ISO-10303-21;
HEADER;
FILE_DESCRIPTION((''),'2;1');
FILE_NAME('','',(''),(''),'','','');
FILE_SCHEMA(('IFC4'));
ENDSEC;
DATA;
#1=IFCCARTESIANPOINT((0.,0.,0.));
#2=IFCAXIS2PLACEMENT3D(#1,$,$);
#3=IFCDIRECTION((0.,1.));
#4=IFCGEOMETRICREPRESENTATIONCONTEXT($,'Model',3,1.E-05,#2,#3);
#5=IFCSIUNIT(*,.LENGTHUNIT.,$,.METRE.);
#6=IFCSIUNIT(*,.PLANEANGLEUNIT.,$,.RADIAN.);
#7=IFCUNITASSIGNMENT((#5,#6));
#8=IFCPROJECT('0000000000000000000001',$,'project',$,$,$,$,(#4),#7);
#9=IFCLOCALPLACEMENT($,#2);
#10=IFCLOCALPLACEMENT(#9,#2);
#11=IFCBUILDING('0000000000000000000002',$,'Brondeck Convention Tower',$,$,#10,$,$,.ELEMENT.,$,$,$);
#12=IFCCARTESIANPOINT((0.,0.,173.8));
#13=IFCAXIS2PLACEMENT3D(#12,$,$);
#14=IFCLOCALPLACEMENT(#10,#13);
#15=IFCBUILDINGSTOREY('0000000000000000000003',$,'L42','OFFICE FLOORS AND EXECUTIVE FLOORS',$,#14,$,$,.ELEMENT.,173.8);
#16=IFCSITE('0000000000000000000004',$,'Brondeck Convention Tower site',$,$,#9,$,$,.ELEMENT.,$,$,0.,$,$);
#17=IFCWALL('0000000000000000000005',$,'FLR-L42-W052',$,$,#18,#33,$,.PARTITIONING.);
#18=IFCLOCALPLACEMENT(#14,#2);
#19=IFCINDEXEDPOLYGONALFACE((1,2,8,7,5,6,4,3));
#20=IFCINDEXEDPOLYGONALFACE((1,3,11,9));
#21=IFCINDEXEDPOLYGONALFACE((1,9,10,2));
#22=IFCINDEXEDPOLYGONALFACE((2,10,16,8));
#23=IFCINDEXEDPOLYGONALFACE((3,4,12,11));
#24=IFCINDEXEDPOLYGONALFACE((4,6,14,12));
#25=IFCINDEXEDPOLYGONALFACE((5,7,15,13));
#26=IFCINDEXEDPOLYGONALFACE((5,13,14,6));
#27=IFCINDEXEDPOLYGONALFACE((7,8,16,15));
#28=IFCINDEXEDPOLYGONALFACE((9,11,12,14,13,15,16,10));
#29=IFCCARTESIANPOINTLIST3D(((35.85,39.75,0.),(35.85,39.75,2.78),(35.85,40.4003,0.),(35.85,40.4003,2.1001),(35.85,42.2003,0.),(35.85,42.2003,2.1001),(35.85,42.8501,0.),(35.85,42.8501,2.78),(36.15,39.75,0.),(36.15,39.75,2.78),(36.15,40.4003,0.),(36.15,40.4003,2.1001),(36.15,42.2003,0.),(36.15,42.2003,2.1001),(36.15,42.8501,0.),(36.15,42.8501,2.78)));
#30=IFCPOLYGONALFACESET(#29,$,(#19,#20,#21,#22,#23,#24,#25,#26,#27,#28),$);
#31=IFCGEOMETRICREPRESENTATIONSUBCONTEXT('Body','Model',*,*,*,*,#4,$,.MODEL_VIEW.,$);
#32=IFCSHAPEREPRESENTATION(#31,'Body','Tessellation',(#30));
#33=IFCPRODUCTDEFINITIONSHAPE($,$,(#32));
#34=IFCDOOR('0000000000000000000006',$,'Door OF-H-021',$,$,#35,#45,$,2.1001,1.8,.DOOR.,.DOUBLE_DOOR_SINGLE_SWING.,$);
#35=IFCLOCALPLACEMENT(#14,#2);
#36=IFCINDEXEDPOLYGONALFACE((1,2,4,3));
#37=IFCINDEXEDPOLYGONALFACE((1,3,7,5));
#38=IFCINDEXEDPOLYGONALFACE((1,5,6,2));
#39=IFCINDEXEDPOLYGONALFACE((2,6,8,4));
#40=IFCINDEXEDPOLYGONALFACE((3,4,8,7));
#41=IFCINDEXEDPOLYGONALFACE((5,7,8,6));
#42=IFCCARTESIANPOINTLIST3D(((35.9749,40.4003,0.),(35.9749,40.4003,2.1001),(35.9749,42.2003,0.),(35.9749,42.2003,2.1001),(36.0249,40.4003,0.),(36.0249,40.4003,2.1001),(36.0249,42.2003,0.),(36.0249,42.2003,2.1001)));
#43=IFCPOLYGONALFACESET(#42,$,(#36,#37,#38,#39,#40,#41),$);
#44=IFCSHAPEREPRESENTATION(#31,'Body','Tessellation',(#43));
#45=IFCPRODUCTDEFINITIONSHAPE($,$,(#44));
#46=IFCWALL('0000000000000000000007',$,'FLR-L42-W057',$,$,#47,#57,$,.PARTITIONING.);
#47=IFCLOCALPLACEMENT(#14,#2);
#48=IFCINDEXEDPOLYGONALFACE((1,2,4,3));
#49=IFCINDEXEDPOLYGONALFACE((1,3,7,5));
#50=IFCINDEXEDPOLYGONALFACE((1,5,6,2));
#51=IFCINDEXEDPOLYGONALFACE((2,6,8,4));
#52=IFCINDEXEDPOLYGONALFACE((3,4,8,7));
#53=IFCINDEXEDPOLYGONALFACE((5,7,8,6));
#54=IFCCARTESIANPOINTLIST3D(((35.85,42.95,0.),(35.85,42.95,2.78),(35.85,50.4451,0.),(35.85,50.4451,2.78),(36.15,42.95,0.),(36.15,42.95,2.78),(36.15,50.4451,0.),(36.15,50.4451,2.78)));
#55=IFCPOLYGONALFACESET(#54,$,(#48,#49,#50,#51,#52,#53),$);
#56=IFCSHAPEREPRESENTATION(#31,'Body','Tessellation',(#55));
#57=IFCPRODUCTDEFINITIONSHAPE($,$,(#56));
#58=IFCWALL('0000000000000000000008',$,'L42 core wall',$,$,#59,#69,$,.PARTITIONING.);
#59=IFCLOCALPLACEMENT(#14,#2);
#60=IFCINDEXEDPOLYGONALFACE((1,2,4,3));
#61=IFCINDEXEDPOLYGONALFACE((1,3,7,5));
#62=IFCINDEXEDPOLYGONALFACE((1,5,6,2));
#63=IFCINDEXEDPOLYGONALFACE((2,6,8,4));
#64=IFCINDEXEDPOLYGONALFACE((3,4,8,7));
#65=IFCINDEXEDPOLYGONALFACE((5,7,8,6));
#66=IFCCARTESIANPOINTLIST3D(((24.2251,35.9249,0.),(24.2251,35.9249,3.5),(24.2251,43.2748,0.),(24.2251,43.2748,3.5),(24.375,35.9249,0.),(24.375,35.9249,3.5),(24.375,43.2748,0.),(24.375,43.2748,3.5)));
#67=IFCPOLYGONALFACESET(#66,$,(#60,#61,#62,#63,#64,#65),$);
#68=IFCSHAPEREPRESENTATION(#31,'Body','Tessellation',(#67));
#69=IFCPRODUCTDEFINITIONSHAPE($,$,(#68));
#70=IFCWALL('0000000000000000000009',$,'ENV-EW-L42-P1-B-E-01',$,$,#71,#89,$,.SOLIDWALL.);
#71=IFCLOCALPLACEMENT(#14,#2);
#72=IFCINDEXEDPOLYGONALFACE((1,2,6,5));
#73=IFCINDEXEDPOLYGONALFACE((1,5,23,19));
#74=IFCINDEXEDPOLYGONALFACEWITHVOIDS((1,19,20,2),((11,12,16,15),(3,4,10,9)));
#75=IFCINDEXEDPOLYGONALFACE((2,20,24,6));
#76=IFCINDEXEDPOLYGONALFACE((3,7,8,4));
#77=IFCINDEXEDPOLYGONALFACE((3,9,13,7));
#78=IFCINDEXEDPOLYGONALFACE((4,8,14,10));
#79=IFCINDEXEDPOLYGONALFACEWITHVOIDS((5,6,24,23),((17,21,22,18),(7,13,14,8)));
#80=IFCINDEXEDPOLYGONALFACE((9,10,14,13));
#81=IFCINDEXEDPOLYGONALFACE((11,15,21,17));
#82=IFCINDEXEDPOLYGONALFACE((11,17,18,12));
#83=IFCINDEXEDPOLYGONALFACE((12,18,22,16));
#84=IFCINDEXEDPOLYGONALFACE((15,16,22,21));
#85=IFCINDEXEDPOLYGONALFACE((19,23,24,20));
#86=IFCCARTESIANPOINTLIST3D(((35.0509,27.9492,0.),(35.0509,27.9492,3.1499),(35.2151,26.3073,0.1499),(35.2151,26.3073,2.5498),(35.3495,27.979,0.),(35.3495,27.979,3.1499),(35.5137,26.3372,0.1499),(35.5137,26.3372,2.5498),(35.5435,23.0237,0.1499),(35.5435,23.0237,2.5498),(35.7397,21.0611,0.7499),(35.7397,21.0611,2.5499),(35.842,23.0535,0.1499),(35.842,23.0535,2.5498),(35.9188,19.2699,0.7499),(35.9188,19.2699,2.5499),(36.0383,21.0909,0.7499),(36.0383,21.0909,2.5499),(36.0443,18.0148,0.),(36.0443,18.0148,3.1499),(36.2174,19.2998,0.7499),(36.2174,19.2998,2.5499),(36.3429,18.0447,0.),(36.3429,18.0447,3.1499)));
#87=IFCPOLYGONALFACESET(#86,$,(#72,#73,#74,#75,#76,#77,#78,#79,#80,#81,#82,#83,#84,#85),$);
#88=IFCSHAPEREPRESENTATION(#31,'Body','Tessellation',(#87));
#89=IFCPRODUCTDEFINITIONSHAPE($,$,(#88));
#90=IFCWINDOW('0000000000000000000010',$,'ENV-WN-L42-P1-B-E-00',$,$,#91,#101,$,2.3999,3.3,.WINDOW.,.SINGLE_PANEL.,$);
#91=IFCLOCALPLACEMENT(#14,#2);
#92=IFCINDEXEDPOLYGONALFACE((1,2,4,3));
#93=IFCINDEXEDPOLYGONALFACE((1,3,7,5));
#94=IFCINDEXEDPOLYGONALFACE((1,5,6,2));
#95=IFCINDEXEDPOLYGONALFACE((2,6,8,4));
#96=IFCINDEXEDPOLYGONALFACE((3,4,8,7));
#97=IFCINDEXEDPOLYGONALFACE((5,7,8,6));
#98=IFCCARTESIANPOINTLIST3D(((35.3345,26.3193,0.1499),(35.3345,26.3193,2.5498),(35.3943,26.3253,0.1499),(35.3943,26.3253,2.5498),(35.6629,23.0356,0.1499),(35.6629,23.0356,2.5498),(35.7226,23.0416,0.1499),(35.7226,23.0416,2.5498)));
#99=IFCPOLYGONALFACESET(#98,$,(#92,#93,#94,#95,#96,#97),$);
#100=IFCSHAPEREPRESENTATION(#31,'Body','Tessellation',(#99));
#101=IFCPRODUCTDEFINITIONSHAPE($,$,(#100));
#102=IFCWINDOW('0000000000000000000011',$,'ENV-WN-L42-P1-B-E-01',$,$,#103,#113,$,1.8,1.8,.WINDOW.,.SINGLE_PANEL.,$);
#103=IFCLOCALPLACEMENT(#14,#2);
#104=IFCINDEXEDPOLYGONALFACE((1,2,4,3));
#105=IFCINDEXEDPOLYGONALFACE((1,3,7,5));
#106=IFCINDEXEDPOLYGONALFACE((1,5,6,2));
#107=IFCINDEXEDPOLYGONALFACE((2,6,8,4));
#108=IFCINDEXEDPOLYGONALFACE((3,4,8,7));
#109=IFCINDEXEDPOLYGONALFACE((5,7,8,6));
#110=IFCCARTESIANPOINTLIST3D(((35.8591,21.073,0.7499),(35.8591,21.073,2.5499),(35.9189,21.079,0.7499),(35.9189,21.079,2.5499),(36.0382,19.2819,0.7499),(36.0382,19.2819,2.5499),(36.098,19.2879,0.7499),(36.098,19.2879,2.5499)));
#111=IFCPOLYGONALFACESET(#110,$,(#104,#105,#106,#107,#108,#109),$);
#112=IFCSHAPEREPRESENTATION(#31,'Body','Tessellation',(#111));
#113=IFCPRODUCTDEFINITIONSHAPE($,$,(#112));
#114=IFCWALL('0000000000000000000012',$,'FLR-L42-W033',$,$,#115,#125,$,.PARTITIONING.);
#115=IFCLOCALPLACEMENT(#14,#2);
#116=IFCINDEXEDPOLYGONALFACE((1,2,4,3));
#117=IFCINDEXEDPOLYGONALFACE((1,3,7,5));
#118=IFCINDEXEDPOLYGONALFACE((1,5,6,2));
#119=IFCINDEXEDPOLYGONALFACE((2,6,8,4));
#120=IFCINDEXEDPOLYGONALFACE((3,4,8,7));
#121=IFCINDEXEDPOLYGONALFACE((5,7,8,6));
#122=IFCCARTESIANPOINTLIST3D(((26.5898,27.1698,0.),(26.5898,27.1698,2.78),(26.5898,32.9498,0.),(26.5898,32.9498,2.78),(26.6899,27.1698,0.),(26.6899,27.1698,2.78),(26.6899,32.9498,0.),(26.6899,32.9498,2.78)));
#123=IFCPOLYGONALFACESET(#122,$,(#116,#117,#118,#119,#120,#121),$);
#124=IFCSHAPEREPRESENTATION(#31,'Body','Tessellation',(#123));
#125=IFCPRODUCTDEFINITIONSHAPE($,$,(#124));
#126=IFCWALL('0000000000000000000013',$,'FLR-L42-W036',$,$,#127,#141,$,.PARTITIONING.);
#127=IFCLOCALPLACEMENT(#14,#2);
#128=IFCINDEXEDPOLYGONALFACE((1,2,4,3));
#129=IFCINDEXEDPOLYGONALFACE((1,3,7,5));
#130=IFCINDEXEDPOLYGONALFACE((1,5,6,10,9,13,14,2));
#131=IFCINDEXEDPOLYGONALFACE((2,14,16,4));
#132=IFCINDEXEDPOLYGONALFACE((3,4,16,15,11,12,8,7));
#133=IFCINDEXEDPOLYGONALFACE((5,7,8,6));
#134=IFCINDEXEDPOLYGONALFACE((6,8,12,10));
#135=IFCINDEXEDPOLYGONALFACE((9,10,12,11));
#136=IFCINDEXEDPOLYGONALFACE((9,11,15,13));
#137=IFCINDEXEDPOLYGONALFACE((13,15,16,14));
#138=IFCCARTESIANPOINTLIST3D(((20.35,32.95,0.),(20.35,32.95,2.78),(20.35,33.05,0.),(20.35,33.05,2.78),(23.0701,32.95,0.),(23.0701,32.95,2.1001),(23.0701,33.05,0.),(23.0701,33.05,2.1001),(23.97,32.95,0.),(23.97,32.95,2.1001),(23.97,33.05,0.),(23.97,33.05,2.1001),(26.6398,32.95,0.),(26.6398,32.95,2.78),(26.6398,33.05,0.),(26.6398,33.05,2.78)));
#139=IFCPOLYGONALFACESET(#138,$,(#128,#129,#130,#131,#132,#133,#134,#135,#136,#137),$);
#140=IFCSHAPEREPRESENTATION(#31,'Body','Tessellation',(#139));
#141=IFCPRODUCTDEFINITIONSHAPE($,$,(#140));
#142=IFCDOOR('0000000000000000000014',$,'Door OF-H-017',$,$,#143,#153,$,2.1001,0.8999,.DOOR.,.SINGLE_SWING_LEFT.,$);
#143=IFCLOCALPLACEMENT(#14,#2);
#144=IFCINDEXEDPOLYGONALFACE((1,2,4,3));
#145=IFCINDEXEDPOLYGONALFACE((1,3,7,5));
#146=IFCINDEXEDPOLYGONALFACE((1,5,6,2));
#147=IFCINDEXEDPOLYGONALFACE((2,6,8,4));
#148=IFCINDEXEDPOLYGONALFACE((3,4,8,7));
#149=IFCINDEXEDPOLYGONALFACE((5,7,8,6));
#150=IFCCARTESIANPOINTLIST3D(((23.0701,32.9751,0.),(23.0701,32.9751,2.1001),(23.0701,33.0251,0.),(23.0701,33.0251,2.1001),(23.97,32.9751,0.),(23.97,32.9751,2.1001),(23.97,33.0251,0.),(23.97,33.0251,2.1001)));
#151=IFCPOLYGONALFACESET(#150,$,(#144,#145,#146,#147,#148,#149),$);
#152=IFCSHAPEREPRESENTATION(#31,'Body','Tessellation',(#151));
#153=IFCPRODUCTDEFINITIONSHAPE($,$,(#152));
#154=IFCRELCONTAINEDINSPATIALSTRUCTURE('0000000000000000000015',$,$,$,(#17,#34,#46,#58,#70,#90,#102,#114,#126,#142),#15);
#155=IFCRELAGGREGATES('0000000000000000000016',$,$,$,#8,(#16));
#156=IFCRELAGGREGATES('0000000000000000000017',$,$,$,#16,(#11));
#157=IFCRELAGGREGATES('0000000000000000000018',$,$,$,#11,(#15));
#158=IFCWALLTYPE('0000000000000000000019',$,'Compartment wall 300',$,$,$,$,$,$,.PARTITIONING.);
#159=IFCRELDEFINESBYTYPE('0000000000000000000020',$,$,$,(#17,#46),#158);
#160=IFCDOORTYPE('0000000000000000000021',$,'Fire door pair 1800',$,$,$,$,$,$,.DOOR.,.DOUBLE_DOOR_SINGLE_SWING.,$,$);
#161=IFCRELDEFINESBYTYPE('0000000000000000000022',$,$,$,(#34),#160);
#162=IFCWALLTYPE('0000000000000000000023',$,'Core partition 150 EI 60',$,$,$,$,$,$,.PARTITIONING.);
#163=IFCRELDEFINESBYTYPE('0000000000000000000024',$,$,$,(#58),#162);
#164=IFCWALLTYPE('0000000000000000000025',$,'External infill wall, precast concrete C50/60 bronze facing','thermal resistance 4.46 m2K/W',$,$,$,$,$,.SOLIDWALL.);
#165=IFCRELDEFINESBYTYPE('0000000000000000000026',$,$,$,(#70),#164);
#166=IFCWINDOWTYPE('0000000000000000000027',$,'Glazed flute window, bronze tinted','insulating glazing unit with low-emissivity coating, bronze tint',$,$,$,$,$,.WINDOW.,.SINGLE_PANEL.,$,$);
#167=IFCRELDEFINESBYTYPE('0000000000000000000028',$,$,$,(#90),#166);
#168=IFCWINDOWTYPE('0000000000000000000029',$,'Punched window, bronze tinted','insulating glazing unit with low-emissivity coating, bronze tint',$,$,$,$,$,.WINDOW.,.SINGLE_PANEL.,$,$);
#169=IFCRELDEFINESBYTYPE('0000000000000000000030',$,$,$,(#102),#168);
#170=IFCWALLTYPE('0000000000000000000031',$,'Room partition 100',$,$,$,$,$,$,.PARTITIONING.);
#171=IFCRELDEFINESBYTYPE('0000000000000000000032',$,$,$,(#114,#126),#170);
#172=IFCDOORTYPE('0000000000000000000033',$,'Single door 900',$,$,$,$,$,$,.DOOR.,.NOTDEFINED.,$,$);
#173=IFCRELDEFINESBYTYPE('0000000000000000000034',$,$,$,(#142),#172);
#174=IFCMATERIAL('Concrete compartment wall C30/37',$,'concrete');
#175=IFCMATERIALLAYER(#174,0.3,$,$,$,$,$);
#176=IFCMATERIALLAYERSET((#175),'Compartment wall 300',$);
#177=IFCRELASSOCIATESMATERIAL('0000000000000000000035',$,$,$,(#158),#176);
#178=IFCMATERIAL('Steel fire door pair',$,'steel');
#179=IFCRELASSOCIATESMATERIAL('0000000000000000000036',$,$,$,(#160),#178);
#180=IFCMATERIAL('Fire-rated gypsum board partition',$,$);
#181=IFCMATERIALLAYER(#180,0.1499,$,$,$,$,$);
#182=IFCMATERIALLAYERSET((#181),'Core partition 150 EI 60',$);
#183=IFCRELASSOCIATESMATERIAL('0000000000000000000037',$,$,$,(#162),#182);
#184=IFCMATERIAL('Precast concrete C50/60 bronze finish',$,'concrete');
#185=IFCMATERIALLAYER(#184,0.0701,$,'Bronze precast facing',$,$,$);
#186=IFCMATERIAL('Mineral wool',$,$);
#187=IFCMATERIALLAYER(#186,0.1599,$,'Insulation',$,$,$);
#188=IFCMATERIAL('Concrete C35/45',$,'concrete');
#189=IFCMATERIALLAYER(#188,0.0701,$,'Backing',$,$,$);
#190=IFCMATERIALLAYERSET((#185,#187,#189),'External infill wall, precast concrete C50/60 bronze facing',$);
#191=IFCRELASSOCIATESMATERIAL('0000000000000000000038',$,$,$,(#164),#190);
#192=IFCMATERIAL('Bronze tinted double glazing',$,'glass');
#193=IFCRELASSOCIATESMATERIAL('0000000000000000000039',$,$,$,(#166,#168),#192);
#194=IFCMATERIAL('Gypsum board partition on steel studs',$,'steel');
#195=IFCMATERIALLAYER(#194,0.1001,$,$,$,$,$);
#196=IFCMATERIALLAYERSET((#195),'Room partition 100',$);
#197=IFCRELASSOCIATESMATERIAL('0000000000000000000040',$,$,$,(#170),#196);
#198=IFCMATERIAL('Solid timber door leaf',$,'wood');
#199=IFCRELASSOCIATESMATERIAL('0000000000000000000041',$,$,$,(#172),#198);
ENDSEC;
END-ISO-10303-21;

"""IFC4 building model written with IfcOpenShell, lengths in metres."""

from ifc_helpers import new_model, si_unit, direction, frame, frame_2d, origin, place, context, subcontext, project, spatial, rectangle, extrude, material, layer, layer_set, type_object, element, fill, save


model = new_model("IFC4")

# Units and contexts
model_context = context("Model", 3, precision=1e-05, world=origin(), true_north=direction((0.0, 1.0)))
body_context = subcontext(model_context, "Body", "Model", "MODEL_VIEW")
ifc_project = project(units=[si_unit("LENGTHUNIT", "METRE"), si_unit("PLANEANGLEUNIT", "RADIAN")], contexts=[model_context])

# Site, building, storey
site_placement = place(None, origin())
site = spatial("IfcSite", under=ifc_project, at=site_placement, Name="Brondeck Convention Tower site", CompositionType="ELEMENT", RefElevation=0.0)
building_placement = place(site_placement, origin())
building = spatial("IfcBuilding", under=site, at=building_placement, Name="Brondeck Convention Tower", CompositionType="ELEMENT")
storey_placement = place(building_placement, frame((0.0, 0.0, 173.8)))
storey = spatial("IfcBuildingStorey", under=building, at=storey_placement, Name="L42", Description="OFFICE FLOORS AND EXECUTIVE FLOORS", CompositionType="ELEMENT", Elevation=173.8)

# Shared definitions
ifc_material_1 = material(Name="Concrete compartment wall C30/37", Category="concrete")
ifc_layer_1 = layer(ifc_material_1, 0.3)
ifc_layer_set_1 = layer_set([ifc_layer_1], Name="Compartment wall 300")
wall_type_1 = type_object("IfcWallType", Name="Compartment wall 300", PredefinedType="PARTITIONING", material=ifc_layer_set_1)

# Wall, opening, door
wall_1_placement = place(storey_placement, frame((36.0, 42.8501, 0.0), z_axis=(0.0, 0.0, 1.0), x_axis=(0.0, -1.0, 0.0)))
wall_1 = element("IfcWall", 1, at=wall_1_placement, inside=storey, type_object=wall_type_1, Name="FLR-L42-W052", PredefinedType="PARTITIONING", context=body_context, shape_type="SweptSolid", body=[
    extrude(rectangle(XDim=3.1001, YDim=0.3, at=frame_2d((1.55, 0.0))), origin(), (0.0, 0.0, 1.0), 2.78),
])
opening_1_placement = place(wall_1_placement, frame((0.6499, 0.0, 0.0)))
opening_1 = element("IfcOpeningElement", 2, at=opening_1_placement, cuts=wall_1, PredefinedType="OPENING", context=body_context, shape_type="SweptSolid", body=[
    extrude(rectangle(XDim=1.8, YDim=2.1001, at=frame_2d((0.8999, 1.05))), frame((0.0, 0.1599, 0.0), z_axis=(0.0, -1.0, 0.0), x_axis=(1.0, 0.0, 0.0)), (0.0, 0.0, 1.0), 0.3201),
])
ifc_material_2 = material(Name="Steel fire door pair", Category="steel")
door_type_1 = type_object("IfcDoorType", Name="Fire door pair 1800", OperationType="DOUBLE_DOOR_SINGLE_SWING", PredefinedType="DOOR", material=ifc_material_2)
door_1_placement = place(opening_1_placement, origin())
door_1 = element("IfcDoor", 3, at=door_1_placement, inside=storey, type_object=door_type_1, Name="Door OF-H-021", OperationType="DOUBLE_DOOR_SINGLE_SWING", OverallHeight=2.1001, OverallWidth=1.8, PredefinedType="DOOR", context=body_context, shape_type="SweptSolid", body=[
    extrude(rectangle(XDim=1.8, YDim=2.1001, at=frame_2d((0.8999, 1.05))), frame((0.0, 0.0249, 0.0), z_axis=(0.0, -1.0, 0.0), x_axis=(1.0, 0.0, 0.0)), (0.0, 0.0, 1.0), 0.05),
])
fill(opening_1, door_1)

# Walls
wall_2_placement = place(storey_placement, frame((36.0, 42.95, 0.0), z_axis=(0.0, 0.0, 1.0), x_axis=(0.0, 1.0, 0.0)))
element("IfcWall", 4, at=wall_2_placement, inside=storey, type_object=wall_type_1, Name="FLR-L42-W057", PredefinedType="PARTITIONING", context=body_context, shape_type="SweptSolid", body=[
    extrude(rectangle(XDim=7.4951, YDim=0.3, at=frame_2d((3.7476, 0.0))), origin(), (0.0, 0.0, 1.0), 2.78),
])
ifc_material_3 = material(Name="Fire-rated gypsum board partition")
ifc_layer_2 = layer(ifc_material_3, 0.1499)
ifc_layer_set_2 = layer_set([ifc_layer_2], Name="Core partition 150 EI 60")
wall_type_2 = type_object("IfcWallType", Name="Core partition 150 EI 60", PredefinedType="PARTITIONING", material=ifc_layer_set_2)
wall_3_placement = place(storey_placement, frame((24.3, 35.925, 0.0), z_axis=(0.0, 0.0, 1.0), x_axis=(0.0, 1.0, 0.0)))
element("IfcWall", 5, at=wall_3_placement, inside=storey, type_object=wall_type_2, Name="L42 core wall", PredefinedType="PARTITIONING", context=body_context, shape_type="SweptSolid", body=[
    extrude(rectangle(XDim=7.3499, YDim=0.1499, at=frame_2d((3.6748, 0.0))), origin(), (0.0, 0.0, 1.0), 3.5),
])

# Wall, openings, windows
ifc_material_4 = material(Name="Precast concrete C50/60 bronze finish", Category="concrete")
ifc_layer_3 = layer(ifc_material_4, 0.0701, Name="Bronze precast facing")
ifc_material_5 = material(Name="Mineral wool")
ifc_layer_4 = layer(ifc_material_5, 0.1599, Name="Insulation")
ifc_material_6 = material(Name="Concrete C35/45", Category="concrete")
ifc_layer_5 = layer(ifc_material_6, 0.0701, Name="Backing")
ifc_layer_set_3 = layer_set([ifc_layer_3, ifc_layer_4, ifc_layer_5], Name="External infill wall, precast concrete C50/60 bronze facing")
wall_type_3 = type_object("IfcWallType", Name="External infill wall, precast concrete C50/60 bronze facing", Description="thermal resistance 4.46 m2K/W", PredefinedType="SOLIDWALL", material=ifc_layer_set_3)
wall_4_placement = place(storey_placement, frame((35.2002, 27.9641, 0.0), z_axis=(0.0, 0.0, 1.0), x_axis=(0.099501, -0.995037, 0.0)))
wall_4 = element("IfcWall", 6, at=wall_4_placement, inside=storey, type_object=wall_type_3, Name="ENV-EW-L42-P1-B-E-01", PredefinedType="SOLIDWALL", context=body_context, shape_type="SweptSolid", body=[
    extrude(rectangle(XDim=9.9839, YDim=0.3, at=frame_2d((4.9919, 0.0))), origin(), (0.0, 0.0, 1.0), 3.1499),
])
opening_2_placement = place(wall_4_placement, frame((1.6501, 0.0, 0.1499)))
opening_2 = element("IfcOpeningElement", 7, at=opening_2_placement, cuts=wall_4, PredefinedType="OPENING", context=body_context, shape_type="SweptSolid", body=[
    extrude(rectangle(XDim=3.3, YDim=2.3999, at=frame_2d((1.6499, 1.2))), frame((0.0, 0.1599, 0.0), z_axis=(0.0, -1.0, 0.0), x_axis=(1.0, 0.0, 0.0)), (0.0, 0.0, 1.0), 0.3201),
])
opening_3_placement = place(wall_4_placement, frame((6.9226, 0.0, 0.75)))
opening_3 = element("IfcOpeningElement", 8, at=opening_3_placement, cuts=wall_4, PredefinedType="OPENING", context=body_context, shape_type="SweptSolid", body=[
    extrude(rectangle(XDim=1.8, YDim=1.8, at=frame_2d((0.8999, 0.8999))), frame((0.0, 0.1599, 0.0), z_axis=(0.0, -1.0, 0.0), x_axis=(1.0, 0.0, 0.0)), (0.0, 0.0, 1.0), 0.3201),
])
ifc_material_7 = material(Name="Bronze tinted double glazing", Category="glass")
window_type_1 = type_object("IfcWindowType", Name="Glazed flute window, bronze tinted", Description="insulating glazing unit with low-emissivity coating, bronze tint", PartitioningType="SINGLE_PANEL", PredefinedType="WINDOW", material=ifc_material_7)
window_1_placement = place(opening_2_placement, origin())
window_1 = element("IfcWindow", 9, at=window_1_placement, inside=storey, type_object=window_type_1, Name="ENV-WN-L42-P1-B-E-00", OverallHeight=2.3999, OverallWidth=3.3, PartitioningType="SINGLE_PANEL", PredefinedType="WINDOW", context=body_context, shape_type="SweptSolid", body=[
    extrude(rectangle(XDim=3.3, YDim=2.3999, at=frame_2d((1.6499, 1.2))), frame((0.0, 0.03, 0.0), z_axis=(0.0, -1.0, 0.0), x_axis=(1.0, 0.0, 0.0)), (0.0, 0.0, 1.0), 0.0601),
])
fill(opening_2, window_1)
window_type_2 = type_object("IfcWindowType", Name="Punched window, bronze tinted", Description="insulating glazing unit with low-emissivity coating, bronze tint", PartitioningType="SINGLE_PANEL", PredefinedType="WINDOW", material=ifc_material_7)
window_2_placement = place(opening_3_placement, origin())
window_2 = element("IfcWindow", 10, at=window_2_placement, inside=storey, type_object=window_type_2, Name="ENV-WN-L42-P1-B-E-01", OverallHeight=1.8, OverallWidth=1.8, PartitioningType="SINGLE_PANEL", PredefinedType="WINDOW", context=body_context, shape_type="SweptSolid", body=[
    extrude(rectangle(XDim=1.8, YDim=1.8, at=frame_2d((0.8999, 0.8999))), frame((0.0, 0.03, 0.0), z_axis=(0.0, -1.0, 0.0), x_axis=(1.0, 0.0, 0.0)), (0.0, 0.0, 1.0), 0.0601),
])
fill(opening_3, window_2)

# Wall
ifc_material_8 = material(Name="Gypsum board partition on steel studs", Category="steel")
ifc_layer_6 = layer(ifc_material_8, 0.1001)
ifc_layer_set_4 = layer_set([ifc_layer_6], Name="Room partition 100")
wall_type_4 = type_object("IfcWallType", Name="Room partition 100", PredefinedType="PARTITIONING", material=ifc_layer_set_4)
wall_5_placement = place(storey_placement, frame((26.6399, 32.95, 0.0), z_axis=(0.0, 0.0, 1.0), x_axis=(0.0, -1.0, 0.0)))
element("IfcWall", 11, at=wall_5_placement, inside=storey, type_object=wall_type_4, Name="FLR-L42-W033", PredefinedType="PARTITIONING", context=body_context, shape_type="SweptSolid", body=[
    extrude(rectangle(XDim=5.78, YDim=0.1001, at=frame_2d((2.8901, 0.0))), origin(), (0.0, 0.0, 1.0), 2.78),
])

# Wall, opening, door
wall_6_placement = place(storey_placement, frame((26.6399, 33.0, 0.0), z_axis=(0.0, 0.0, 1.0), x_axis=(-1.0, 0.0, 0.0)))
wall_6 = element("IfcWall", 12, at=wall_6_placement, inside=storey, type_object=wall_type_4, Name="FLR-L42-W036", PredefinedType="PARTITIONING", context=body_context, shape_type="SweptSolid", body=[
    extrude(rectangle(XDim=6.2898, YDim=0.1001, at=frame_2d((3.145, 0.0))), origin(), (0.0, 0.0, 1.0), 2.78),
])
opening_4_placement = place(wall_6_placement, frame((2.6699, 0.0, 0.0)))
opening_4 = element("IfcOpeningElement", 13, at=opening_4_placement, cuts=wall_6, PredefinedType="OPENING", context=body_context, shape_type="SweptSolid", body=[
    extrude(rectangle(XDim=0.8999, YDim=2.1001, at=frame_2d((0.45, 1.05))), frame((0.0, 0.0601, 0.0), z_axis=(0.0, -1.0, 0.0), x_axis=(1.0, 0.0, 0.0)), (0.0, 0.0, 1.0), 0.1201),
])
ifc_material_9 = material(Name="Solid timber door leaf", Category="wood")
door_type_2 = type_object("IfcDoorType", Name="Single door 900", OperationType="NOTDEFINED", PredefinedType="DOOR", material=ifc_material_9)
door_2_placement = place(opening_4_placement, origin())
door_2 = element("IfcDoor", 14, at=door_2_placement, inside=storey, type_object=door_type_2, Name="Door OF-H-017", OperationType="SINGLE_SWING_LEFT", OverallHeight=2.1001, OverallWidth=0.8999, PredefinedType="DOOR", context=body_context, shape_type="SweptSolid", body=[
    extrude(rectangle(XDim=0.8999, YDim=2.1001, at=frame_2d((0.45, 1.05))), frame((0.0, 0.0249, 0.0), z_axis=(0.0, -1.0, 0.0), x_axis=(1.0, 0.0, 0.0)), (0.0, 0.0, 1.0), 0.05),
])
fill(opening_4, door_2)

save(model, "model.ifc")
